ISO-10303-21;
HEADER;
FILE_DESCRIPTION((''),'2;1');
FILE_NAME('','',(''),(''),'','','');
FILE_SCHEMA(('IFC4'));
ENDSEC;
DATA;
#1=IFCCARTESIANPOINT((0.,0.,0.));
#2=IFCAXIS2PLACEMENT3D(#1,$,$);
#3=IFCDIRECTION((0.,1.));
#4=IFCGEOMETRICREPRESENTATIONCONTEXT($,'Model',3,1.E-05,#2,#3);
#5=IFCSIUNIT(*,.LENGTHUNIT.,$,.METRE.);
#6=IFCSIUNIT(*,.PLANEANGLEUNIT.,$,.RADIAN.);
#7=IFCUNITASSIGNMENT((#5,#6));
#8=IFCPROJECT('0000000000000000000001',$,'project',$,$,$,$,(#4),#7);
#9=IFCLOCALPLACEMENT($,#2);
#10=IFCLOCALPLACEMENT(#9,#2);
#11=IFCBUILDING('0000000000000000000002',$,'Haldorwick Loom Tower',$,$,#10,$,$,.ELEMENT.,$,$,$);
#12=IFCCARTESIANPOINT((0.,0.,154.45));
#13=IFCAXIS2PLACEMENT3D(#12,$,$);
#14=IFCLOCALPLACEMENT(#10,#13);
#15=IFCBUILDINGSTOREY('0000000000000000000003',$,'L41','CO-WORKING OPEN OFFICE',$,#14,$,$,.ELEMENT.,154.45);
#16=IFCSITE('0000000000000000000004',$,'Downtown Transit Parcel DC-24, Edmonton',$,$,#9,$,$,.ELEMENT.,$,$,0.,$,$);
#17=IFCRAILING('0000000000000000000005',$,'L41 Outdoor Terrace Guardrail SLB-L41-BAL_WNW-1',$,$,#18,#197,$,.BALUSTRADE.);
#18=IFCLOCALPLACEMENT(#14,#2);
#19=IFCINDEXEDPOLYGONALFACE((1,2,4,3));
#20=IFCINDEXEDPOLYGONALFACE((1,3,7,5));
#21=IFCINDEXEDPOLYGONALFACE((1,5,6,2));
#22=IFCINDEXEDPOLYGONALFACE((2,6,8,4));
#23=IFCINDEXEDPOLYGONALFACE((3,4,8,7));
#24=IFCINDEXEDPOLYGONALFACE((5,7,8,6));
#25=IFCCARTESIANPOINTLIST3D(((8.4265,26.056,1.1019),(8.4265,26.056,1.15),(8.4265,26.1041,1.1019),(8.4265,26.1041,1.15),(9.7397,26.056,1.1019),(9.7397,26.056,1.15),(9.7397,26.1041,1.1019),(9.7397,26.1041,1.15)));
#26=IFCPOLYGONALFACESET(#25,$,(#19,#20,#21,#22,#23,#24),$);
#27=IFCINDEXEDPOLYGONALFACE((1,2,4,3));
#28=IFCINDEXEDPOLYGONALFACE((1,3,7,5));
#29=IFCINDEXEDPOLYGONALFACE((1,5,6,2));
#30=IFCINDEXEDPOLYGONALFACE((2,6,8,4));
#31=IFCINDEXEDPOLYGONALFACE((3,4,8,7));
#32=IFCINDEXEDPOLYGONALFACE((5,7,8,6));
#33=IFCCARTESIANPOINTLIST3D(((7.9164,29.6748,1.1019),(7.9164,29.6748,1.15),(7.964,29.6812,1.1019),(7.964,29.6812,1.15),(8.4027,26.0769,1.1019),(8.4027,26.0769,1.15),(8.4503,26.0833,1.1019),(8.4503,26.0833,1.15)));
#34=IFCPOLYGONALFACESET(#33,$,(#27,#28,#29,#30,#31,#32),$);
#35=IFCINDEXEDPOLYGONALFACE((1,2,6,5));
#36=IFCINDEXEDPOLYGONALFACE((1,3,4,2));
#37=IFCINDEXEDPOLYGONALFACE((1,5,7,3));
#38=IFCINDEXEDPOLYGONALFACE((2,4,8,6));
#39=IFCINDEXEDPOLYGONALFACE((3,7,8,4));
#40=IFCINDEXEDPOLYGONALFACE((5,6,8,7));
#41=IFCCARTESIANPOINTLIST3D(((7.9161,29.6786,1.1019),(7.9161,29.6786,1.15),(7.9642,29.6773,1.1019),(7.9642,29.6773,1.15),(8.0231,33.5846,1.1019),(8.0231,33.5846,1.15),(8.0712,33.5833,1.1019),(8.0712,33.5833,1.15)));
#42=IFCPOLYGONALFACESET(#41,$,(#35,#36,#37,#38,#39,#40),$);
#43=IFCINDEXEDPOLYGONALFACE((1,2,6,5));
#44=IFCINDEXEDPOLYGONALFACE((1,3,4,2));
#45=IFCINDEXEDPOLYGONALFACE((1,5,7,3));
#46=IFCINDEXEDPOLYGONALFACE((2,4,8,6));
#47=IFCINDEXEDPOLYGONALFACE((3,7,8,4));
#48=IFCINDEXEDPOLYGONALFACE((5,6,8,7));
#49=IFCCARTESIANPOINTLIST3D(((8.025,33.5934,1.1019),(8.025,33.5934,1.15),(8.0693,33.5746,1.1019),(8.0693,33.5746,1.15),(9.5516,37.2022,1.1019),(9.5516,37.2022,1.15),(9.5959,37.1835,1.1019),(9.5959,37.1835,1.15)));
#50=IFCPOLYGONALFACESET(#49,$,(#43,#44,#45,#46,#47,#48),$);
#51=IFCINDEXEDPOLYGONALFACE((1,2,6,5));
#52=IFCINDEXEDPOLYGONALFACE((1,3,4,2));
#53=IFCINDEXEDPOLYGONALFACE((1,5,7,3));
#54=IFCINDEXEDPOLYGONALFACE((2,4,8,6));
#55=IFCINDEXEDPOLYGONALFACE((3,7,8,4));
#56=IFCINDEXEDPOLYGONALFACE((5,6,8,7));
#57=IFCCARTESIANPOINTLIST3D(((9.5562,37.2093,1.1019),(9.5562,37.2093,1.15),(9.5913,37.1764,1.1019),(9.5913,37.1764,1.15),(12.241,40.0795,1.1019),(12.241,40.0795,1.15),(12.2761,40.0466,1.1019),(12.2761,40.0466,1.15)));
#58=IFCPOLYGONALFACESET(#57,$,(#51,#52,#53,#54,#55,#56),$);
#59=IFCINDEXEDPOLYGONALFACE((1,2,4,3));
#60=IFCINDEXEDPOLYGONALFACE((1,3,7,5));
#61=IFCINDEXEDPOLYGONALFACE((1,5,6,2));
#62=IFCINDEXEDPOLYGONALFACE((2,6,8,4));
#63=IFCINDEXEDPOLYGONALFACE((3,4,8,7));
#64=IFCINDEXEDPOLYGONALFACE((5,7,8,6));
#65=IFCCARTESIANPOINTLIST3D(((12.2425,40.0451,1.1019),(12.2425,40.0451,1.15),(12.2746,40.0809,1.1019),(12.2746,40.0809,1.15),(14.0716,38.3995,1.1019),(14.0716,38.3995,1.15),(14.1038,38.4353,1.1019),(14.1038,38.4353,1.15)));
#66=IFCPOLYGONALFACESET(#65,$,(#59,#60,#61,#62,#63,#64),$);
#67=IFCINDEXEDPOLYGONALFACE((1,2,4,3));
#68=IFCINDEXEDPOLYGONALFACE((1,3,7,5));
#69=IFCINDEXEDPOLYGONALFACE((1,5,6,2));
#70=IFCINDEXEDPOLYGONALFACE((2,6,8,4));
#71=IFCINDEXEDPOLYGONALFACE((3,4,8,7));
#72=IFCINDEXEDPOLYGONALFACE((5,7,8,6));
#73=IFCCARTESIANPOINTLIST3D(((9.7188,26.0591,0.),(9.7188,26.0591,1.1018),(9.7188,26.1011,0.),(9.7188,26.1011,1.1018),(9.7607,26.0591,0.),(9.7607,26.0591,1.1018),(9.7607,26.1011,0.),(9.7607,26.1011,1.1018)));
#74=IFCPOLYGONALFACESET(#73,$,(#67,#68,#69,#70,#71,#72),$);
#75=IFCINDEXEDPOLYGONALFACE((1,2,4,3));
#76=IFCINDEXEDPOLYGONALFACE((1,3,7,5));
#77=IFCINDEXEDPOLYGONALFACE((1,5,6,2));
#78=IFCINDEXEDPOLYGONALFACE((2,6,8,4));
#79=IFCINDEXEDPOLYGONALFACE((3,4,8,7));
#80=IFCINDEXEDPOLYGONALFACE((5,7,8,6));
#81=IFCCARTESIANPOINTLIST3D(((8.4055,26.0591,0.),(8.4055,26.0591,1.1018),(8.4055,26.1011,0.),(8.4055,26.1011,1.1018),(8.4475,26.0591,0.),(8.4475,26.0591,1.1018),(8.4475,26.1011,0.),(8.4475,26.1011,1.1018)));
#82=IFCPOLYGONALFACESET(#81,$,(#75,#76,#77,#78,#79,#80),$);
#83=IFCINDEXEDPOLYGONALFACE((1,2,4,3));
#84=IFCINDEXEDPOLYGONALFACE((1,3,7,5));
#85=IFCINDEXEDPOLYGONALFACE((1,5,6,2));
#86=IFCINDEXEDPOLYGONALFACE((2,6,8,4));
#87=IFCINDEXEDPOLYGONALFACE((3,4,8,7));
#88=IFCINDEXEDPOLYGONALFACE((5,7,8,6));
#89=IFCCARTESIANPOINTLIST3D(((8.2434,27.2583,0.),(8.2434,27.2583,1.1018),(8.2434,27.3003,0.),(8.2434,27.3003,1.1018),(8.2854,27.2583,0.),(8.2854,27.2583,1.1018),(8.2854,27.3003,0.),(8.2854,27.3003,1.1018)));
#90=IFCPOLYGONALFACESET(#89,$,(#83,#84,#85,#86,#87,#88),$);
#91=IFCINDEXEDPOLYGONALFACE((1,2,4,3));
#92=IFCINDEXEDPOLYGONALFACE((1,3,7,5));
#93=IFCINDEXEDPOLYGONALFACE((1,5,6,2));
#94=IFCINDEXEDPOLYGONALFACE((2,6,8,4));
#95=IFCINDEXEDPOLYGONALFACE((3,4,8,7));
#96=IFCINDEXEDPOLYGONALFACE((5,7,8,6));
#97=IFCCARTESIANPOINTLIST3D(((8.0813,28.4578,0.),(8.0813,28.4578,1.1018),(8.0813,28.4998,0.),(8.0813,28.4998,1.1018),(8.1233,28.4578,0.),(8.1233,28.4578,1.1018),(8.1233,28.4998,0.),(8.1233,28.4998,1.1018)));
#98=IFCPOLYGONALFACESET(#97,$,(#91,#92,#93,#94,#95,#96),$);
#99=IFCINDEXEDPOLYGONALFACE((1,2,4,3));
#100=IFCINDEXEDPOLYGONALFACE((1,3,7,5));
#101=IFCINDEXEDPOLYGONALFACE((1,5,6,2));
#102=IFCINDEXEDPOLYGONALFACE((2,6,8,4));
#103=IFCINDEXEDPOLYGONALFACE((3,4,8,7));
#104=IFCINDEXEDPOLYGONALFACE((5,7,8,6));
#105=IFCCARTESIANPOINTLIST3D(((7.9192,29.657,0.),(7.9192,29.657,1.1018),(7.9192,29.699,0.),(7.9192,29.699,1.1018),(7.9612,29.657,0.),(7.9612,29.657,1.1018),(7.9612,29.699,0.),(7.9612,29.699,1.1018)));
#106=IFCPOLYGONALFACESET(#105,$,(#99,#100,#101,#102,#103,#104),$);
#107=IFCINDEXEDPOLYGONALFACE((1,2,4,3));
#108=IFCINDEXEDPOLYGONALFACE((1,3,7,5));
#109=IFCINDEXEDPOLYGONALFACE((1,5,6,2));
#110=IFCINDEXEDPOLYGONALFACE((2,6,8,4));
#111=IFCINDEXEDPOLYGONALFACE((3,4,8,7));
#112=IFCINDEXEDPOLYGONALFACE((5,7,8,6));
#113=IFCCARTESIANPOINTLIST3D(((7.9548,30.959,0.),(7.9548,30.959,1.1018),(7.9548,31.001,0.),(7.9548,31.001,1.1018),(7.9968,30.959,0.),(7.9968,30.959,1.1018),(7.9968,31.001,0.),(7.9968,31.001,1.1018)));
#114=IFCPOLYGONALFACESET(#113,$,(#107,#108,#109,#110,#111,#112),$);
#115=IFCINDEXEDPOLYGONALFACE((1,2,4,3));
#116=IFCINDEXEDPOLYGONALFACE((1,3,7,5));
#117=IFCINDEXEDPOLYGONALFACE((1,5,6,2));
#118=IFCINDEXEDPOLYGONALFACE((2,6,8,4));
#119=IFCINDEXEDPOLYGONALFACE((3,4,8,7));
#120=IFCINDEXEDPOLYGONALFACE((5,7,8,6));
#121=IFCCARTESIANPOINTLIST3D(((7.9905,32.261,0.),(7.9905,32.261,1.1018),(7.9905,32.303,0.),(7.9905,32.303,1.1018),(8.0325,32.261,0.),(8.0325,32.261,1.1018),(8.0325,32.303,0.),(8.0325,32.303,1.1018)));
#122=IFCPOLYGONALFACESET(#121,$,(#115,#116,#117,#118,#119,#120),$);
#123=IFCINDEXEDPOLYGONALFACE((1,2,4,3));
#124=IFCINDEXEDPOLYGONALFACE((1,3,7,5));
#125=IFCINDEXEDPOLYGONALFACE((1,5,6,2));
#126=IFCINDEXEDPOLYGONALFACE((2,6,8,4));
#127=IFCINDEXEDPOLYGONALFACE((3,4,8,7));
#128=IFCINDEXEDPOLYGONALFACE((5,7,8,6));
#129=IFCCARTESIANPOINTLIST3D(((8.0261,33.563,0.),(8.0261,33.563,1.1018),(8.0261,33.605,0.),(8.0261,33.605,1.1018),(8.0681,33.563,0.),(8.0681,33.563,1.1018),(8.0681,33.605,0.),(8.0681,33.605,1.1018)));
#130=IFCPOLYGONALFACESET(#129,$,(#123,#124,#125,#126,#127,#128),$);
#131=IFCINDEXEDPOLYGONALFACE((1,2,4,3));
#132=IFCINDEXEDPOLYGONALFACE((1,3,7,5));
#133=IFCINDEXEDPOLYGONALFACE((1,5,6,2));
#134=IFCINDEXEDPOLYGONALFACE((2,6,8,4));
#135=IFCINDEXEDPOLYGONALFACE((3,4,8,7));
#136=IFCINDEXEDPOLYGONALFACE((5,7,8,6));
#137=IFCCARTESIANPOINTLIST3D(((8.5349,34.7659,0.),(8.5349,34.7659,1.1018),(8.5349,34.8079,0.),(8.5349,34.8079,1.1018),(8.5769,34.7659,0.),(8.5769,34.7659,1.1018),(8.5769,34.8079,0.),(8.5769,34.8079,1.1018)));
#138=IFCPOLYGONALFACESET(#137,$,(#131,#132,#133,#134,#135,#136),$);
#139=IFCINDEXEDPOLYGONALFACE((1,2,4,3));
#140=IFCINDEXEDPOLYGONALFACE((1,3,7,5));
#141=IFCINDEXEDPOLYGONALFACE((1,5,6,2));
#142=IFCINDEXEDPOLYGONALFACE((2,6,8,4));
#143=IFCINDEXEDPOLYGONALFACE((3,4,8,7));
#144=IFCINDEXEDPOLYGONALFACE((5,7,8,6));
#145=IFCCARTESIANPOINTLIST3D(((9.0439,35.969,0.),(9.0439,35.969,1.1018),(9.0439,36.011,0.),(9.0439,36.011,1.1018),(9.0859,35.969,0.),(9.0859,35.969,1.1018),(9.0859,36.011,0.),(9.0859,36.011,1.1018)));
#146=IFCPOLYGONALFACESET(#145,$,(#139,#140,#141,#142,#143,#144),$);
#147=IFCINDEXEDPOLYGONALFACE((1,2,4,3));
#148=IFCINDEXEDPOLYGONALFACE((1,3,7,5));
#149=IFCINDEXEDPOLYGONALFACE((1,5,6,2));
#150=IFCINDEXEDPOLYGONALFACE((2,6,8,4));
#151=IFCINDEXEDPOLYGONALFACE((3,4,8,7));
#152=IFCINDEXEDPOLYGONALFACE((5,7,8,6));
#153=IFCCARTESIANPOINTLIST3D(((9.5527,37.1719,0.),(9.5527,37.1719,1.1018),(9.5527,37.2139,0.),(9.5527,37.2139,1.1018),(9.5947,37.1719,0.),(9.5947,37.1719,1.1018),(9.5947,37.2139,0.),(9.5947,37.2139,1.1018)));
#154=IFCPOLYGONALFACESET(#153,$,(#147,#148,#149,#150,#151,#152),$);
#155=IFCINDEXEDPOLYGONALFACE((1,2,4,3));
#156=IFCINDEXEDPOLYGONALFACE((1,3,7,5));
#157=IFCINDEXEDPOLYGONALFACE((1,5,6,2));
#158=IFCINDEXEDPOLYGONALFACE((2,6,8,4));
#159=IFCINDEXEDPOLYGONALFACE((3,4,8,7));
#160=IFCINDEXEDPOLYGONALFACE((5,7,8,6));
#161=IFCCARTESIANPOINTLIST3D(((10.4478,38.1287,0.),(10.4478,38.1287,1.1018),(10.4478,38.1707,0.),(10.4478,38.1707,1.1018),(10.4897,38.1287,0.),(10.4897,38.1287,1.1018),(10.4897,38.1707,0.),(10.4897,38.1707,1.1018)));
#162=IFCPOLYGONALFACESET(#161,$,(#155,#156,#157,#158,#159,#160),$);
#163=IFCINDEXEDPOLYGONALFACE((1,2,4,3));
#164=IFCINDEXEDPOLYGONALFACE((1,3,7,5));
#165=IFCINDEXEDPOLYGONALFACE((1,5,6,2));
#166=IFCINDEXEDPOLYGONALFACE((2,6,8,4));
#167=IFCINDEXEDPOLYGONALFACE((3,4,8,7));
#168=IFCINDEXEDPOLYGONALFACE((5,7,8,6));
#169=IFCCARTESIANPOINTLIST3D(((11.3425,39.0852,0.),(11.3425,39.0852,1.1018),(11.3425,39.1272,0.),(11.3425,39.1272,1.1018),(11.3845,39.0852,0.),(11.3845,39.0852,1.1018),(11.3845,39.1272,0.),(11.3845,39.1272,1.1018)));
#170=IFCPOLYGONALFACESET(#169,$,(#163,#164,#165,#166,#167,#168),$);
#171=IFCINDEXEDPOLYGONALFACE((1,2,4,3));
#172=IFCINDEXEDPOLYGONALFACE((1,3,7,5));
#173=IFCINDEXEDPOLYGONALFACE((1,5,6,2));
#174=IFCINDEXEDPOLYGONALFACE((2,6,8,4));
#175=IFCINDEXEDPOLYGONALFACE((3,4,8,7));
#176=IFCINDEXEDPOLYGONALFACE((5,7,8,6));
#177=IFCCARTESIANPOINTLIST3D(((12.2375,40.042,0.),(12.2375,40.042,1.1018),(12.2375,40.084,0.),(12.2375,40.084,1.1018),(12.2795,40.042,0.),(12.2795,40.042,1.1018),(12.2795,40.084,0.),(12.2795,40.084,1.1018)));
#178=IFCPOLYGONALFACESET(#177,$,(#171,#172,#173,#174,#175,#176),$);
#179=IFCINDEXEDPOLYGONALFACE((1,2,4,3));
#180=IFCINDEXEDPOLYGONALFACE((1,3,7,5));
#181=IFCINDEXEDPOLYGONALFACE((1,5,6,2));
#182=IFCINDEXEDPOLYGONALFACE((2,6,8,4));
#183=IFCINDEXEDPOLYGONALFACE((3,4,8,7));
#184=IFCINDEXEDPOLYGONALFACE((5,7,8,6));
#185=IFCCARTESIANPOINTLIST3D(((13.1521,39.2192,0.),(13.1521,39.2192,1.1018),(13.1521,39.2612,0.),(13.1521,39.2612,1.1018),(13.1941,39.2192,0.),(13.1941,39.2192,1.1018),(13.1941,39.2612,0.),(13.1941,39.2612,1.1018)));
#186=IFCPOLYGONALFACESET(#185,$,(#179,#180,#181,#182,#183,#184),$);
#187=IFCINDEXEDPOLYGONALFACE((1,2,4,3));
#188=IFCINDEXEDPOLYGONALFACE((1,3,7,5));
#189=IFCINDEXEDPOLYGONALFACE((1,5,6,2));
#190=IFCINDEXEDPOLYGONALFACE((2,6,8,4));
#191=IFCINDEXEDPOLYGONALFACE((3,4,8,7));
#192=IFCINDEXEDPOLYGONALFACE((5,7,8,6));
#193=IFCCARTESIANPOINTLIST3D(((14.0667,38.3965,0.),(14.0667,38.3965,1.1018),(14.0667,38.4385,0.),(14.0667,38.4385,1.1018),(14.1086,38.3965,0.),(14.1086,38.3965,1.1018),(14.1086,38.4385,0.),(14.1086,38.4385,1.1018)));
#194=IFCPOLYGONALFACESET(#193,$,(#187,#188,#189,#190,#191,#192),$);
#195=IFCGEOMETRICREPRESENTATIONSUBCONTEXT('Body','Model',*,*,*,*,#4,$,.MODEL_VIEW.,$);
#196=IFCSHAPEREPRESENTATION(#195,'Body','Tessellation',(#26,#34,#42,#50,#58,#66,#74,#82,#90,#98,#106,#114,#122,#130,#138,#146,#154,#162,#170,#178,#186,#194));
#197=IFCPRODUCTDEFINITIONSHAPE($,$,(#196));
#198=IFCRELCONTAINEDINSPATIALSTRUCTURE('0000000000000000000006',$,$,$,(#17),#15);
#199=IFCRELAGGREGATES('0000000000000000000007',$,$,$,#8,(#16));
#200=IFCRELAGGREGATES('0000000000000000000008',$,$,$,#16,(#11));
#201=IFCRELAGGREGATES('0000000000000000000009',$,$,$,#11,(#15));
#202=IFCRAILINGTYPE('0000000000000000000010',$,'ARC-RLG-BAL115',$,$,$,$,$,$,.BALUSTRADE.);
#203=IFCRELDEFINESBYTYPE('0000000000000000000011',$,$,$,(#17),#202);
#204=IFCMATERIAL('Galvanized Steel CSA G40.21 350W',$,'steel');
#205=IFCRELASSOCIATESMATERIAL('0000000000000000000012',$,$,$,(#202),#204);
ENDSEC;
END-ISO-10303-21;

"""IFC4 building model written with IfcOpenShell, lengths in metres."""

from ifc_helpers import new_model, si_unit, direction, frame, origin, origin_2d, place, context, subcontext, project, spatial, rectangle, extrude, material, type_object, element, save


model = new_model("IFC4")

# Units and contexts
model_context = context("Model", 3, precision=1e-05, world=origin(), true_north=direction((0.0, 1.0)))
body_context = subcontext(model_context, "Body", "Model", "MODEL_VIEW")
ifc_project = project(units=[si_unit("LENGTHUNIT", "METRE"), si_unit("PLANEANGLEUNIT", "RADIAN")], contexts=[model_context])

# Site, building, storey
site_placement = place(None, origin())
site = spatial("IfcSite", under=ifc_project, at=site_placement, Name="Downtown Transit Parcel DC-24, Edmonton", CompositionType="ELEMENT", RefElevation=0.0)
building_placement = place(site_placement, origin())
building = spatial("IfcBuilding", under=site, at=building_placement, Name="Haldorwick Loom Tower", CompositionType="ELEMENT")
storey_placement = place(building_placement, frame((0.0, 0.0, 154.45)))
storey = spatial("IfcBuildingStorey", under=building, at=storey_placement, Name="L41", Description="CO-WORKING OPEN OFFICE", CompositionType="ELEMENT", Elevation=154.45)

# Railing
ifc_material_1 = material(Name="Galvanized Steel CSA G40.21 350W", Category="steel")
railing_type = type_object("IfcRailingType", Name="ARC-RLG-BAL115", PredefinedType="BALUSTRADE", material=ifc_material_1)
railing_placement = place(storey_placement, frame((9.7397, 26.0801, 0.0)))
element("IfcRailing", 1, at=railing_placement, inside=storey, type_object=railing_type, Name="L41 Outdoor Terrace Guardrail SLB-L41-BAL_WNW-1", PredefinedType="BALUSTRADE", context=body_context, shape_type="SweptSolid", body=[
    extrude(rectangle(XDim=0.0481, YDim=0.0481, at=origin_2d()), frame((0.0, 0.0, 1.126), z_axis=(-1.0, 0.0, 0.0), x_axis=(0.0, -1.0, 0.0)), (0.0, 0.0, 1.0), 1.3132),
    extrude(rectangle(XDim=0.0481, YDim=0.0481, at=origin_2d()), frame((-1.3132, 0.0, 1.126), z_axis=(-0.133952, 0.990988, 0.0), x_axis=(-0.990988, -0.133952, 0.0)), (0.0, 0.0, 1.0), 3.6306),
    extrude(rectangle(XDim=0.0481, YDim=0.0481, at=origin_2d()), frame((-1.7996, 3.5979, 1.126), z_axis=(0.027366, 0.999625, 0.0), x_axis=(-0.999625, 0.027366, 0.0)), (0.0, 0.0, 1.0), 3.9075),
    extrude(rectangle(XDim=0.0481, YDim=0.0481, at=origin_2d()), frame((-1.6926, 7.5039, 1.126), z_axis=(0.389591, 0.920988, 0.0), x_axis=(-0.920988, 0.389591, 0.0)), (0.0, 0.0, 1.0), 3.9185),
    extrude(rectangle(XDim=0.0481, YDim=0.0481, at=origin_2d()), frame((-0.166, 11.1128, 1.126), z_axis=(0.683139, 0.730288, 0.0), x_axis=(-0.730288, 0.683139, 0.0)), (0.0, 0.0, 1.0), 3.9302),
    extrude(rectangle(XDim=0.0481, YDim=0.0481, at=origin_2d()), frame((2.5188, 13.9829, 1.126), z_axis=(0.743432, -0.668811, 0.0), x_axis=(0.668811, 0.743432, 0.0)), (0.0, 0.0, 1.0), 2.4604),
    extrude(rectangle(XDim=0.042, YDim=0.042, at=origin_2d()), origin(), (0.0, 0.0, 1.0), 1.1018),
    extrude(rectangle(XDim=0.042, YDim=0.042, at=origin_2d()), frame((-1.3132, 0.0, 0.0)), (0.0, 0.0, 1.0), 1.1018),
    extrude(rectangle(XDim=0.042, YDim=0.042, at=origin_2d()), frame((-1.4753, 1.1992, 0.0)), (0.0, 0.0, 1.0), 1.1018),
    extrude(rectangle(XDim=0.042, YDim=0.042, at=origin_2d()), frame((-1.6375, 2.3987, 0.0)), (0.0, 0.0, 1.0), 1.1018),
    extrude(rectangle(XDim=0.042, YDim=0.042, at=origin_2d()), frame((-1.7996, 3.5979, 0.0)), (0.0, 0.0, 1.0), 1.1018),
    extrude(rectangle(XDim=0.042, YDim=0.042, at=origin_2d()), frame((-1.7639, 4.8999, 0.0)), (0.0, 0.0, 1.0), 1.1018),
    extrude(rectangle(XDim=0.042, YDim=0.042, at=origin_2d()), frame((-1.7283, 6.2019, 0.0)), (0.0, 0.0, 1.0), 1.1018),
    extrude(rectangle(XDim=0.042, YDim=0.042, at=origin_2d()), frame((-1.6926, 7.5039, 0.0)), (0.0, 0.0, 1.0), 1.1018),
    extrude(rectangle(XDim=0.042, YDim=0.042, at=origin_2d()), frame((-1.1838, 8.7068, 0.0)), (0.0, 0.0, 1.0), 1.1018),
    extrude(rectangle(XDim=0.042, YDim=0.042, at=origin_2d()), frame((-0.6748, 9.9099, 0.0)), (0.0, 0.0, 1.0), 1.1018),
    extrude(rectangle(XDim=0.042, YDim=0.042, at=origin_2d()), frame((-0.166, 11.1128, 0.0)), (0.0, 0.0, 1.0), 1.1018),
    extrude(rectangle(XDim=0.042, YDim=0.042, at=origin_2d()), frame((0.729, 12.0696, 0.0)), (0.0, 0.0, 1.0), 1.1018),
    extrude(rectangle(XDim=0.042, YDim=0.042, at=origin_2d()), frame((1.6238, 13.0261, 0.0)), (0.0, 0.0, 1.0), 1.1018),
    extrude(rectangle(XDim=0.042, YDim=0.042, at=origin_2d()), frame((2.5188, 13.9829, 0.0)), (0.0, 0.0, 1.0), 1.1018),
    extrude(rectangle(XDim=0.042, YDim=0.042, at=origin_2d()), frame((3.4333, 13.1602, 0.0)), (0.0, 0.0, 1.0), 1.1018),
    extrude(rectangle(XDim=0.042, YDim=0.042, at=origin_2d()), frame((4.3479, 12.3374, 0.0)), (0.0, 0.0, 1.0), 1.1018),
])

save(model, "model.ifc")
